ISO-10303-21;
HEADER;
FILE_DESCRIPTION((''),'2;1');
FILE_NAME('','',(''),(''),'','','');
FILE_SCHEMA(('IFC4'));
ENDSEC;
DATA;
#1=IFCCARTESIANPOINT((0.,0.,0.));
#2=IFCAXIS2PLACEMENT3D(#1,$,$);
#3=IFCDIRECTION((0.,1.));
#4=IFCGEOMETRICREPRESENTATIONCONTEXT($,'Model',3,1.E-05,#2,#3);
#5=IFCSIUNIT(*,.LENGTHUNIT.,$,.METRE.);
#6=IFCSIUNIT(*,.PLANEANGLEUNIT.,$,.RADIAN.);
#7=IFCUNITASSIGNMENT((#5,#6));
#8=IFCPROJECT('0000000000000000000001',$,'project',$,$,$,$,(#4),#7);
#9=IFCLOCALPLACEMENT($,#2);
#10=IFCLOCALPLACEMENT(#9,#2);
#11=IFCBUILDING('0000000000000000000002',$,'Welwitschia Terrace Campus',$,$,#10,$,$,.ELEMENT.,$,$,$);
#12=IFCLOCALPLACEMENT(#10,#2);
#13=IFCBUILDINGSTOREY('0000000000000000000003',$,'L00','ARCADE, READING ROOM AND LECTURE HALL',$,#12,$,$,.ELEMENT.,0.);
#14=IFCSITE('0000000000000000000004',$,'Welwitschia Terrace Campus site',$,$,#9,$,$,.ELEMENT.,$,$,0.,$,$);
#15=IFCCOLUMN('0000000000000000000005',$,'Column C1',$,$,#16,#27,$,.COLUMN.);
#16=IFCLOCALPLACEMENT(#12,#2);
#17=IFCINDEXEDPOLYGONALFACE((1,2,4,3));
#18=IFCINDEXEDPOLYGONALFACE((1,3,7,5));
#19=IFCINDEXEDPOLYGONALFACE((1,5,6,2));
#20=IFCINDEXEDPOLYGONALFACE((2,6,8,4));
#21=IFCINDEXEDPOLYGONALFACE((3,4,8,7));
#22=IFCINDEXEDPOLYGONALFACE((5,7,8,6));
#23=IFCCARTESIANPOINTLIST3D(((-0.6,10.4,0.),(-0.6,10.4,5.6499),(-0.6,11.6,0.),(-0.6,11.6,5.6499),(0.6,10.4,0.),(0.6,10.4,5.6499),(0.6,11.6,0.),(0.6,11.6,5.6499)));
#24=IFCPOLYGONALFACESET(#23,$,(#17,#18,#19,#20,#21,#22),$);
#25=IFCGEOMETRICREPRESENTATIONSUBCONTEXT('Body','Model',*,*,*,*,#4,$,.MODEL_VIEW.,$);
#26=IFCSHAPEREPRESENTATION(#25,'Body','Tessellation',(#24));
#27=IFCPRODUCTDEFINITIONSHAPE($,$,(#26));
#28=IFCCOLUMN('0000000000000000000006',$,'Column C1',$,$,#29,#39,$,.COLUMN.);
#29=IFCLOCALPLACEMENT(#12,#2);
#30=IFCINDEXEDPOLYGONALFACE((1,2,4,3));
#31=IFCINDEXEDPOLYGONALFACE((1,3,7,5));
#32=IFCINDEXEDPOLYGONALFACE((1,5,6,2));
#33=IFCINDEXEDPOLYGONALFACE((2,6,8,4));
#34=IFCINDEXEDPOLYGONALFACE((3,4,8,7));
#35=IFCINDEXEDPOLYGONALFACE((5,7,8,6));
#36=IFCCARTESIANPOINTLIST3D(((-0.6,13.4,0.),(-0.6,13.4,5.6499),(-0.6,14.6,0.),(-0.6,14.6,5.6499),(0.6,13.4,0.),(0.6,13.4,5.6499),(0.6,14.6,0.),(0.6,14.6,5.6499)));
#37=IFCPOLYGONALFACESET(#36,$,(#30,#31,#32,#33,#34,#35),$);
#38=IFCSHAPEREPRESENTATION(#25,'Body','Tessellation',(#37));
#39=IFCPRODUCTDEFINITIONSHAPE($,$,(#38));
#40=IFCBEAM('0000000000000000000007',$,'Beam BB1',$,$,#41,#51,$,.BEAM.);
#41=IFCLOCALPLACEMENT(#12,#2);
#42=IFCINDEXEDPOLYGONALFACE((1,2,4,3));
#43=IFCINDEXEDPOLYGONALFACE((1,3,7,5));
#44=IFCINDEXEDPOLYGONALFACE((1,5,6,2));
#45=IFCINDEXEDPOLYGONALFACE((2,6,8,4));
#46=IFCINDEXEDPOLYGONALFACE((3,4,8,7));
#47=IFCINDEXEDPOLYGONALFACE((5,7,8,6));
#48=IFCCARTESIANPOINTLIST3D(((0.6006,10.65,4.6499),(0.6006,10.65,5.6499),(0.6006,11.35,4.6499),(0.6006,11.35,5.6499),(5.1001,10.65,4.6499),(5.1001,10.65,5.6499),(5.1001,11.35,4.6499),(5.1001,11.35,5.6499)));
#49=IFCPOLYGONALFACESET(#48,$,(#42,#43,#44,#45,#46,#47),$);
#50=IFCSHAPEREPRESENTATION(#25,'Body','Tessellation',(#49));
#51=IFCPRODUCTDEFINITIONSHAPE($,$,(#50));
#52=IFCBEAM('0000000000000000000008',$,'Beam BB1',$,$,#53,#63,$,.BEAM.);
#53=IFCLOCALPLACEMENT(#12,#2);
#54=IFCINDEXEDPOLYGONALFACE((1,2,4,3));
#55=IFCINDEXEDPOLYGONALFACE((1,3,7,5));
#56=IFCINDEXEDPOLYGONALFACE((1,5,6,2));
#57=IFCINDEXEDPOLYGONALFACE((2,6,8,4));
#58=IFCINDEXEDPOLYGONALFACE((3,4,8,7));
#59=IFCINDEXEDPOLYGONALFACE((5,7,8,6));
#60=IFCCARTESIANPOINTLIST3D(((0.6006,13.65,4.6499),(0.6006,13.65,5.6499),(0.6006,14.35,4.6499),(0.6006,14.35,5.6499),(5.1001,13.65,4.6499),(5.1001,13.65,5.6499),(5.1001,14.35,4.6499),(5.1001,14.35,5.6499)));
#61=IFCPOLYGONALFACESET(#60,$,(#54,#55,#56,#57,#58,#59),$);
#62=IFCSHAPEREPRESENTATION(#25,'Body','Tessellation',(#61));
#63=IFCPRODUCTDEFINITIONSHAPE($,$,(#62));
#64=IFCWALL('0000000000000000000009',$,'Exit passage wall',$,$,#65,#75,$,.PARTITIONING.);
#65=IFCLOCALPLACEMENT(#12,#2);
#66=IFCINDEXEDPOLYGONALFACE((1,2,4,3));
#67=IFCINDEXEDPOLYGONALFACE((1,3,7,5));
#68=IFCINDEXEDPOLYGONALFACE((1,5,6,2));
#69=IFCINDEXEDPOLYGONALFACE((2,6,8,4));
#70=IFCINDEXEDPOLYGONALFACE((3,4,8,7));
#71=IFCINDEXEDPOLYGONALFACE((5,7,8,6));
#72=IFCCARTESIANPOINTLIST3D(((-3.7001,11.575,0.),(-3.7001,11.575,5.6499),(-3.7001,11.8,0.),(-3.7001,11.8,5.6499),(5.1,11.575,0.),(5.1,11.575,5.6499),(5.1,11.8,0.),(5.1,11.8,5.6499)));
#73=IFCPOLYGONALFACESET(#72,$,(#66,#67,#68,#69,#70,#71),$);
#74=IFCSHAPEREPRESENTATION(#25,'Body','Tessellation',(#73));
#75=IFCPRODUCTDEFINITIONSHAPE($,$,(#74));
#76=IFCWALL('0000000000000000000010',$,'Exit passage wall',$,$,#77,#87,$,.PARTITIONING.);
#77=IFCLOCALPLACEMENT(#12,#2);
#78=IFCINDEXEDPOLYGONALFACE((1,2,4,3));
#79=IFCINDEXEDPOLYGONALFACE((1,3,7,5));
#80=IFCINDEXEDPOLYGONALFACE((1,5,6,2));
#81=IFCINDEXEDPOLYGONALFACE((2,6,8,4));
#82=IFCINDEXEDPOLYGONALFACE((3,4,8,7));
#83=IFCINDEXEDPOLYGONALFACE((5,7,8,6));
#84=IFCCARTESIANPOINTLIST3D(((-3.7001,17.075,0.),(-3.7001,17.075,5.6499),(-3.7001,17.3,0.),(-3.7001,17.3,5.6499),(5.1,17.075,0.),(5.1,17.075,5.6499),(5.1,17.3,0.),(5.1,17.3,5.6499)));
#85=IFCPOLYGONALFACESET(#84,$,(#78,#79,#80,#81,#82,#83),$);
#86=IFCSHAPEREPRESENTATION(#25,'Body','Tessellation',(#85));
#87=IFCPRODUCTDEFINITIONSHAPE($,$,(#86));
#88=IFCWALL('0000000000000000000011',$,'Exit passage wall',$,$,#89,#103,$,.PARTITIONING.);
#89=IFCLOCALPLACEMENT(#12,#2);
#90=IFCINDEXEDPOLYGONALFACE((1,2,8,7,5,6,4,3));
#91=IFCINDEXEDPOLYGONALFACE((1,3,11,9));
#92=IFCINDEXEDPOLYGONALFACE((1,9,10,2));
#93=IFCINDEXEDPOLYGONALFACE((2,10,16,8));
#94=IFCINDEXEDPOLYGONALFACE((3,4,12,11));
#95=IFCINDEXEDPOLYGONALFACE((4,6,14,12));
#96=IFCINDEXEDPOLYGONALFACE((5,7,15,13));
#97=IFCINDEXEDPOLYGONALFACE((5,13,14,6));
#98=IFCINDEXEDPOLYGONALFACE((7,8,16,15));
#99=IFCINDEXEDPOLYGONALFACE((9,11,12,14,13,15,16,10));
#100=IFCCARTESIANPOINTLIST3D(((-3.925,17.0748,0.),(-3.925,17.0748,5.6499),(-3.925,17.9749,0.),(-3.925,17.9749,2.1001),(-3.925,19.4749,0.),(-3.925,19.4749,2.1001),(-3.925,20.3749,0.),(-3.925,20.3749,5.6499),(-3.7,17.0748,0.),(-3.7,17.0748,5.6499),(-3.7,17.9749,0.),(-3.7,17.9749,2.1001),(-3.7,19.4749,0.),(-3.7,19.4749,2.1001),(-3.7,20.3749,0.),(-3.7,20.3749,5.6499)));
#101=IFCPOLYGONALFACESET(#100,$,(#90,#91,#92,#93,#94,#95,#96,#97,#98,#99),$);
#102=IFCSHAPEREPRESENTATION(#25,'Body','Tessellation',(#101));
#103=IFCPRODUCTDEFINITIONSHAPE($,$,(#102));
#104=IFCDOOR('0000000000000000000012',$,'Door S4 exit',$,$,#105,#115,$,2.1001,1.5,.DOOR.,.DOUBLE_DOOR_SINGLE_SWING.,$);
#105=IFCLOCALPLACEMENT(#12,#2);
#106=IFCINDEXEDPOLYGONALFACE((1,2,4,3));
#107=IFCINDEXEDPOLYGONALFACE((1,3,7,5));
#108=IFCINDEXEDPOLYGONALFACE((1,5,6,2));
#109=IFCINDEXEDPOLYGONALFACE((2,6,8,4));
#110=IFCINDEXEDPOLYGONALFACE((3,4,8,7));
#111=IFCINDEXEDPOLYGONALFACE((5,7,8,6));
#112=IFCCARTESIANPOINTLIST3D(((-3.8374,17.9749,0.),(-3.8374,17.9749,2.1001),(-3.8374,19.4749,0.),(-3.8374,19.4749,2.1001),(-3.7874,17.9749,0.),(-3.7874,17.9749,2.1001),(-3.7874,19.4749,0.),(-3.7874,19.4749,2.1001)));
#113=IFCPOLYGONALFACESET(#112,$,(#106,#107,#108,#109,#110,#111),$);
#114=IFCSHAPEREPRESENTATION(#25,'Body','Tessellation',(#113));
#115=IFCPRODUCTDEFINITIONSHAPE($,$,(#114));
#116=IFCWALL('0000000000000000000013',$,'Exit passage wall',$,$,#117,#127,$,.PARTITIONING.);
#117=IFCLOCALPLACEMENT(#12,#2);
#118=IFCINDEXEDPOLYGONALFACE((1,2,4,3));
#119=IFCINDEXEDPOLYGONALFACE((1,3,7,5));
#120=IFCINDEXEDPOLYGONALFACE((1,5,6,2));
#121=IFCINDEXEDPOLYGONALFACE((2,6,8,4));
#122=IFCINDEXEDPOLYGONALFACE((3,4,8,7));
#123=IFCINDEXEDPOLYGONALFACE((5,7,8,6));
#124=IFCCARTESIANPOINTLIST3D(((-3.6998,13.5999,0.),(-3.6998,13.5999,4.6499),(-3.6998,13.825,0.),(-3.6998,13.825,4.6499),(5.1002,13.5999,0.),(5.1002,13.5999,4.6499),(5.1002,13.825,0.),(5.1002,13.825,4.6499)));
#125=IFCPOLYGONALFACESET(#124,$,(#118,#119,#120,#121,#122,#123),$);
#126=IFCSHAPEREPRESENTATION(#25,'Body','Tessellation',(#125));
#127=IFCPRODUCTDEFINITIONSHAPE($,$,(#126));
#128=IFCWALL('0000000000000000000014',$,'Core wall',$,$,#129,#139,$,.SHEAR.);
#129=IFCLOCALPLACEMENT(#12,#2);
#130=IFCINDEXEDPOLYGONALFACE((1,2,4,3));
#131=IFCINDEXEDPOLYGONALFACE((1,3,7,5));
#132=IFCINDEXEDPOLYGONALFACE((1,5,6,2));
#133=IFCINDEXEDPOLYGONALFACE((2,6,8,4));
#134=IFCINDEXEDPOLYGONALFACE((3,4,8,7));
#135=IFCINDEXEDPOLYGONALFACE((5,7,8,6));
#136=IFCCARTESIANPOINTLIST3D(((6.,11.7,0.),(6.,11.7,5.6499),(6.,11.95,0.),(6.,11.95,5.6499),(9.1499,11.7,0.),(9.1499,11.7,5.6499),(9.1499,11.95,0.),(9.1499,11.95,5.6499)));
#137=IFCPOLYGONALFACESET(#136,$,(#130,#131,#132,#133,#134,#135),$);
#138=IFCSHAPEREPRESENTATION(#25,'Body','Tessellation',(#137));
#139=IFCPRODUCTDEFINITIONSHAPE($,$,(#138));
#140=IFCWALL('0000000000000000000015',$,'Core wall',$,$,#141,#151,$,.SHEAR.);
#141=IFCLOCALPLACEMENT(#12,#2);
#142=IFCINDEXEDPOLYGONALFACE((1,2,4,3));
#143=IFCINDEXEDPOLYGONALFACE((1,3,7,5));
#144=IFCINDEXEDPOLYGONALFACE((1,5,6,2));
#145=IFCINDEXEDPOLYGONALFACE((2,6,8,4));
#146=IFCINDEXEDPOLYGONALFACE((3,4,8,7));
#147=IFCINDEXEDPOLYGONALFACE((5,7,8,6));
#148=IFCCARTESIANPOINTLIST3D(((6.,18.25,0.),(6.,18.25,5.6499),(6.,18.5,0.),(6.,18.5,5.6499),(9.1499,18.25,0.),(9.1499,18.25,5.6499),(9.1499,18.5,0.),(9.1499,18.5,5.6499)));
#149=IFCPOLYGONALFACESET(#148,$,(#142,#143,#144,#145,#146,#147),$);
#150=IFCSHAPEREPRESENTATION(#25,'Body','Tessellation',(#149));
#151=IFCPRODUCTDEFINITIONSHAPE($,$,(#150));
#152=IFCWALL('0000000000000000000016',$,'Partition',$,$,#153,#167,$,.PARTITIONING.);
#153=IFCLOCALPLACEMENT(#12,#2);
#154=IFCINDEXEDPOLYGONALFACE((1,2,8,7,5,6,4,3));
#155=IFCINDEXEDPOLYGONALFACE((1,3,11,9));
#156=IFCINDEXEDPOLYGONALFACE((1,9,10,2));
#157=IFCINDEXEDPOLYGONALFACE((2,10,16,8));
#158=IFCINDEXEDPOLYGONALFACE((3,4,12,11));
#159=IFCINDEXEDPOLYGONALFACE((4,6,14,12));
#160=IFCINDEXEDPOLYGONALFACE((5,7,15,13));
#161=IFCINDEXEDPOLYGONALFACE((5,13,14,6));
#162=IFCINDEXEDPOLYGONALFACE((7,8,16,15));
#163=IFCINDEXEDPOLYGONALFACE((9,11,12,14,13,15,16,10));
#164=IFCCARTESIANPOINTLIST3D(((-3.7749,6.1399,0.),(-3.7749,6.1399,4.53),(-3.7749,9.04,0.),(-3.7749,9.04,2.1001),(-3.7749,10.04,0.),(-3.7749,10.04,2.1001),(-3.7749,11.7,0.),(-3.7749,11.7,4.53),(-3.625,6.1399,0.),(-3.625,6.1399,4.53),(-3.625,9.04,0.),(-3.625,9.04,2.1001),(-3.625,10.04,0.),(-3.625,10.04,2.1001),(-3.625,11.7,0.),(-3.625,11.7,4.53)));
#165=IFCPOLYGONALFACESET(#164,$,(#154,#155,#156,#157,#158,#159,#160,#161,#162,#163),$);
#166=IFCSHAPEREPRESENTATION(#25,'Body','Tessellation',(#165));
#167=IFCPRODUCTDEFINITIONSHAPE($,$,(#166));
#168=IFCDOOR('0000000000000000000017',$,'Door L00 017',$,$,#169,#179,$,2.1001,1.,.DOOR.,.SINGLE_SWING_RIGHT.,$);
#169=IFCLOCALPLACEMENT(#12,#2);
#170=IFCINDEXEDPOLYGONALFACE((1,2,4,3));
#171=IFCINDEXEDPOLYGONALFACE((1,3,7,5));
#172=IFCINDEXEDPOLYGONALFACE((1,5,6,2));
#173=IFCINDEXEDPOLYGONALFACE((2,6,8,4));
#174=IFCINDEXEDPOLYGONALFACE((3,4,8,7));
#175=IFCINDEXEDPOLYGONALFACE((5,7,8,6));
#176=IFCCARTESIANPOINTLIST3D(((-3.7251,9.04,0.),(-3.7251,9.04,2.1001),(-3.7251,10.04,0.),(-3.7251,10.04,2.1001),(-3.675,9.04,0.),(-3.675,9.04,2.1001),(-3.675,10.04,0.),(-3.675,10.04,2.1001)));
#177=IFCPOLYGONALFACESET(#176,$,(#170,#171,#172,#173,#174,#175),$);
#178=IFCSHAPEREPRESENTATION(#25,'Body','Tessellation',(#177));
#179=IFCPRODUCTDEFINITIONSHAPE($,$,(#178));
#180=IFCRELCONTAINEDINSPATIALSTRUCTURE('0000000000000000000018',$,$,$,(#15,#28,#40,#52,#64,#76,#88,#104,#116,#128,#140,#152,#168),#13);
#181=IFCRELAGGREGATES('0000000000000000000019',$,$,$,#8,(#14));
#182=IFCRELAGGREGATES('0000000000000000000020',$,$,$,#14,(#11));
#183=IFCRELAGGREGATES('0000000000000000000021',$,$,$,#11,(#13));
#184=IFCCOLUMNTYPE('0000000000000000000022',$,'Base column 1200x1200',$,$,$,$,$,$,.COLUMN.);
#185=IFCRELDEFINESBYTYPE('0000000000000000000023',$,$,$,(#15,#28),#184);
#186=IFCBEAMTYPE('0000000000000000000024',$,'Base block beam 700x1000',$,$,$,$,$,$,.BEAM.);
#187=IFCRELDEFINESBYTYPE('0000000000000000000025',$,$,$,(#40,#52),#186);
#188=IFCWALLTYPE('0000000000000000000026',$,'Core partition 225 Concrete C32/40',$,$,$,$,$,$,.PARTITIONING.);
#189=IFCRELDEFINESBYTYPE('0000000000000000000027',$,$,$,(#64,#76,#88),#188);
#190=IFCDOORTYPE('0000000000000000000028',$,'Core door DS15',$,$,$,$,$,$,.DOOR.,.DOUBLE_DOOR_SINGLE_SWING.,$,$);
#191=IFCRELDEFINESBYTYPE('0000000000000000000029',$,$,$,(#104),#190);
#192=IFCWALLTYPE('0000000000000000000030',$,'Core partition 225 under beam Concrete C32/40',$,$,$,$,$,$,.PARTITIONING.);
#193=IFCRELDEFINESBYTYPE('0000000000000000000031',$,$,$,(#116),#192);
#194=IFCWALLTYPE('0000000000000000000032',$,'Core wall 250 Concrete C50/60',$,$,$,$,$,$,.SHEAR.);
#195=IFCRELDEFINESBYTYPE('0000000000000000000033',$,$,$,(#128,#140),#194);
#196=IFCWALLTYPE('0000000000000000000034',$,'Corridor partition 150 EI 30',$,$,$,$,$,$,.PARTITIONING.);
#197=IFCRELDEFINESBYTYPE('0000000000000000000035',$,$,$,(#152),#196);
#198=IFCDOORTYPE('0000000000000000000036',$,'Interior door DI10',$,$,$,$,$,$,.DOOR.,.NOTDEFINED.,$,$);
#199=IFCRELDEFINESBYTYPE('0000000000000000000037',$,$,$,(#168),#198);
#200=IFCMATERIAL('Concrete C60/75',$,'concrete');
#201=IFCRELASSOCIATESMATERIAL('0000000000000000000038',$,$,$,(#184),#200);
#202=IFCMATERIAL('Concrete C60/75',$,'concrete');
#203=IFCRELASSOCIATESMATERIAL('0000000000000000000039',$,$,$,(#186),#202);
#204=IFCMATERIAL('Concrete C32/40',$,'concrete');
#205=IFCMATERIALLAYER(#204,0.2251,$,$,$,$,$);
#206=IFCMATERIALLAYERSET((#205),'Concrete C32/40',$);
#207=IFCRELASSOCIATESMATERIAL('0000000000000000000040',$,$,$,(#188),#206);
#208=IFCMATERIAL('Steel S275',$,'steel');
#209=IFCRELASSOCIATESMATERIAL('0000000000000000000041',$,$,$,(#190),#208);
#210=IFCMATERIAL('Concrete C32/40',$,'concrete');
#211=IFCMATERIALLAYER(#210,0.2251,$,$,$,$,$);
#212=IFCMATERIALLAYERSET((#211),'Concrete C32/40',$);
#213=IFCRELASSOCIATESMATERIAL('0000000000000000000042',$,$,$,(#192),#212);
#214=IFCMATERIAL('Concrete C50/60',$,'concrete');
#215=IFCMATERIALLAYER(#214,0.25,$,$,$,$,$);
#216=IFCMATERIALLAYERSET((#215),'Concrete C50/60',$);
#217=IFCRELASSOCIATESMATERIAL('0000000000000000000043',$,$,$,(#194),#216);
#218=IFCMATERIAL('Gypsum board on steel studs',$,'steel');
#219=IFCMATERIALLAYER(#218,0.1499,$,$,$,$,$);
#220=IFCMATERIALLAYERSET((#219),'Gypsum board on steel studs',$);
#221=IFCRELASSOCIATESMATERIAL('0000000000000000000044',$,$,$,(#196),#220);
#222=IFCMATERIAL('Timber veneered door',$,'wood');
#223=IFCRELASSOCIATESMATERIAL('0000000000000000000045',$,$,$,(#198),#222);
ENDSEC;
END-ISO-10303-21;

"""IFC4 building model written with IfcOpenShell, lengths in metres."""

from ifc_helpers import new_model, si_unit, direction, frame, frame_2d, origin, origin_2d, place, context, subcontext, project, spatial, rectangle, extrude, material, layer, layer_set, material_profile, profile_set, type_object, element, fill, save


model = new_model("IFC4")

# Units and contexts
model_context = context("Model", 3, precision=1e-05, world=origin(), true_north=direction((0.0, 1.0)))
body_context = subcontext(model_context, "Body", "Model", "MODEL_VIEW")
ifc_project = project(units=[si_unit("LENGTHUNIT", "METRE"), si_unit("PLANEANGLEUNIT", "RADIAN")], contexts=[model_context])

# Site, building, storey
site_placement = place(None, origin())
site = spatial("IfcSite", under=ifc_project, at=site_placement, Name="Welwitschia Terrace Campus site", CompositionType="ELEMENT", RefElevation=0.0)
building_placement = place(site_placement, origin())
building = spatial("IfcBuilding", under=site, at=building_placement, Name="Welwitschia Terrace Campus", CompositionType="ELEMENT")
storey_placement = place(building_placement, origin())
storey = spatial("IfcBuildingStorey", under=building, at=storey_placement, Name="L00", Description="ARCADE, READING ROOM AND LECTURE HALL", CompositionType="ELEMENT", Elevation=0.0)

# Columns
ifc_material_1 = material(Name="Concrete C60/75", Category="concrete")
ifc_material_profile_1 = material_profile(ifc_material_1, rectangle(XDim=1.2, YDim=1.2, at=origin_2d()))
ifc_profile_set_1 = profile_set([ifc_material_profile_1], Name="Concrete C60/75")
column_type = type_object("IfcColumnType", Name="Base column 1200x1200", PredefinedType="COLUMN", material=ifc_profile_set_1)
for number, where, z_axis, x_axis, name in (
    (1, (0.0, 11.0, 0.0), (0.0, 0.0, 1.0), (1.0, 0.0, 0.0), "Column C1"),
    (2, (0.0, 14.0, 0.0), (0.0, 0.0, 1.0), (1.0, 0.0, 0.0), "Column C1"),
):
    element("IfcColumn", number, at=place(storey_placement, frame(where, z_axis=z_axis, x_axis=x_axis)), inside=storey, type_object=column_type, Name=name, PredefinedType="COLUMN", context=body_context, shape_type="SweptSolid", body=[
        extrude(rectangle(XDim=1.2, YDim=1.2, at=origin_2d()), origin(), (0.0, 0.0, 1.0), 5.6499),
    ])

# Beams
ifc_material_2 = material(Name="Concrete C60/75", Category="concrete")
ifc_material_profile_2 = material_profile(ifc_material_2, rectangle(XDim=0.7, YDim=1.0, at=origin_2d()))
ifc_profile_set_2 = profile_set([ifc_material_profile_2], Name="Concrete C60/75")
beam_type = type_object("IfcBeamType", Name="Base block beam 700x1000", PredefinedType="BEAM", material=ifc_profile_set_2)
for number, where, z_axis, x_axis, name in (
    (3, (0.6006, 11.0, 5.1499), (1.0, 0.0, 0.0), (0.0, 1.0, 0.0), "Beam BB1"),
    (4, (0.6006, 14.0, 5.1499), (1.0, 0.0, 0.0), (0.0, 1.0, 0.0), "Beam BB1"),
):
    element("IfcBeam", number, at=place(storey_placement, frame(where, z_axis=z_axis, x_axis=x_axis)), inside=storey, type_object=beam_type, Name=name, PredefinedType="BEAM", context=body_context, shape_type="SweptSolid", body=[
        extrude(rectangle(XDim=0.7, YDim=1.0, at=origin_2d()), origin(), (0.0, 0.0, 1.0), 4.4995),
    ])

# Walls
ifc_material_3 = material(Name="Concrete C32/40", Category="concrete")
ifc_layer_1 = layer(ifc_material_3, 0.2251)
ifc_layer_set_1 = layer_set([ifc_layer_1], Name="Concrete C32/40")
wall_type_1 = type_object("IfcWallType", Name="Core partition 225 Concrete C32/40", PredefinedType="PARTITIONING", material=ifc_layer_set_1)
for number, where, z_axis, x_axis, name in (
    (5, (-3.7, 11.6875, 0.0), (0.0, 0.0, 1.0), (1.0, 0.0, 0.0), "Exit passage wall"),
    (6, (-3.7, 17.1875, 0.0), (0.0, 0.0, 1.0), (1.0, 0.0, 0.0), "Exit passage wall"),
):
    element("IfcWall", number, at=place(storey_placement, frame(where, z_axis=z_axis, x_axis=x_axis)), inside=storey, type_object=wall_type_1, Name=name, PredefinedType="PARTITIONING", context=body_context, shape_type="SweptSolid", body=[
        extrude(rectangle(XDim=8.8, YDim=0.2251, at=frame_2d((4.3999, 0.0))), origin(), (0.0, 0.0, 1.0), 5.6499),
    ])

# Wall, opening, door
wall_1_placement = place(storey_placement, frame((-3.8125, 17.075, 0.0), z_axis=(0.0, 0.0, 1.0), x_axis=(0.0, 1.0, 0.0)))
wall_1 = element("IfcWall", 7, at=wall_1_placement, inside=storey, type_object=wall_type_1, Name="Exit passage wall", PredefinedType="PARTITIONING", context=body_context, shape_type="SweptSolid", body=[
    extrude(rectangle(XDim=3.3, YDim=0.2251, at=frame_2d((1.6499, 0.0))), origin(), (0.0, 0.0, 1.0), 5.6499),
])
opening_1_placement = place(wall_1_placement, frame((0.8999, 0.0, 0.0)))
opening_1 = element("IfcOpeningElement", 8, at=opening_1_placement, cuts=wall_1, PredefinedType="OPENING", context=body_context, shape_type="SweptSolid", body=[
    extrude(rectangle(XDim=1.5, YDim=2.1001, at=frame_2d((0.75, 1.05))), frame((0.0, 0.1226, 0.0), z_axis=(0.0, -1.0, 0.0), x_axis=(1.0, 0.0, 0.0)), (0.0, 0.0, 1.0), 0.2451),
])
ifc_material_4 = material(Name="Steel S275", Category="steel")
door_type_1 = type_object("IfcDoorType", Name="Core door DS15", OperationType="DOUBLE_DOOR_SINGLE_SWING", PredefinedType="DOOR", material=ifc_material_4)
door_1_placement = place(opening_1_placement, origin())
door_1 = element("IfcDoor", 9, at=door_1_placement, inside=storey, type_object=door_type_1, Name="Door S4 exit", OperationType="DOUBLE_DOOR_SINGLE_SWING", OverallHeight=2.1001, OverallWidth=1.5, PredefinedType="DOOR", context=body_context, shape_type="SweptSolid", body=[
    extrude(rectangle(XDim=1.5, YDim=2.1001, at=frame_2d((0.75, 1.05))), frame((0.0, 0.0249, 0.0), z_axis=(0.0, -1.0, 0.0), x_axis=(1.0, 0.0, 0.0)), (0.0, 0.0, 1.0), 0.05),
])
fill(opening_1, door_1)

# Walls
ifc_material_5 = material(Name="Concrete C32/40", Category="concrete")
ifc_layer_2 = layer(ifc_material_5, 0.2251)
ifc_layer_set_2 = layer_set([ifc_layer_2], Name="Concrete C32/40")
wall_type_2 = type_object("IfcWallType", Name="Core partition 225 under beam Concrete C32/40", PredefinedType="PARTITIONING", material=ifc_layer_set_2)
wall_2_placement = place(storey_placement, frame((5.1001, 13.7124, 0.0), z_axis=(0.0, 0.0, 1.0), x_axis=(-1.0, 0.0, 0.0)))
element("IfcWall", 10, at=wall_2_placement, inside=storey, type_object=wall_type_2, Name="Exit passage wall", PredefinedType="PARTITIONING", context=body_context, shape_type="SweptSolid", body=[
    extrude(rectangle(XDim=8.8, YDim=0.2251, at=frame_2d((4.3999, 0.0))), origin(), (0.0, 0.0, 1.0), 4.6499),
])
ifc_material_6 = material(Name="Concrete C50/60", Category="concrete")
ifc_layer_3 = layer(ifc_material_6, 0.25)
ifc_layer_set_3 = layer_set([ifc_layer_3], Name="Concrete C50/60")
wall_type_3 = type_object("IfcWallType", Name="Core wall 250 Concrete C50/60", PredefinedType="SHEAR", material=ifc_layer_set_3)
for number, where, z_axis, x_axis, name in (
    (11, (6.0, 11.825, 0.0), (0.0, 0.0, 1.0), (1.0, 0.0, 0.0), "Core wall"),
    (12, (6.0, 18.375, 0.0), (0.0, 0.0, 1.0), (1.0, 0.0, 0.0), "Core wall"),
):
    element("IfcWall", number, at=place(storey_placement, frame(where, z_axis=z_axis, x_axis=x_axis)), inside=storey, type_object=wall_type_3, Name=name, PredefinedType="SHEAR", context=body_context, shape_type="SweptSolid", body=[
        extrude(rectangle(XDim=3.1499, YDim=0.25, at=frame_2d((1.575, 0.0))), origin(), (0.0, 0.0, 1.0), 5.6499),
    ])

# Wall, opening, door
ifc_material_7 = material(Name="Gypsum board on steel studs", Category="steel")
ifc_layer_4 = layer(ifc_material_7, 0.1499)
ifc_layer_set_4 = layer_set([ifc_layer_4], Name="Gypsum board on steel studs")
wall_type_4 = type_object("IfcWallType", Name="Corridor partition 150 EI 30", PredefinedType="PARTITIONING", material=ifc_layer_set_4)
wall_3_placement = place(storey_placement, frame((-3.7, 11.7, 0.0), z_axis=(0.0, 0.0, 1.0), x_axis=(0.0, -1.0, 0.0)))
wall_3 = element("IfcWall", 13, at=wall_3_placement, inside=storey, type_object=wall_type_4, Name="Partition", PredefinedType="PARTITIONING", context=body_context, shape_type="SweptSolid", body=[
    extrude(rectangle(XDim=5.5601, YDim=0.1499, at=frame_2d((2.78, 0.0))), origin(), (0.0, 0.0, 1.0), 4.53),
])
opening_2_placement = place(wall_3_placement, frame((1.6599, 0.0, 0.0)))
opening_2 = element("IfcOpeningElement", 14, at=opening_2_placement, cuts=wall_3, PredefinedType="OPENING", context=body_context, shape_type="SweptSolid", body=[
    extrude(rectangle(XDim=1.0, YDim=2.1001, at=frame_2d((0.5, 1.05))), frame((0.0, 0.085, 0.0), z_axis=(0.0, -1.0, 0.0), x_axis=(1.0, 0.0, 0.0)), (0.0, 0.0, 1.0), 0.1699),
])
ifc_material_8 = material(Name="Timber veneered door", Category="wood")
door_type_2 = type_object("IfcDoorType", Name="Interior door DI10", OperationType="NOTDEFINED", PredefinedType="DOOR", material=ifc_material_8)
door_2_placement = place(opening_2_placement, origin())
door_2 = element("IfcDoor", 15, at=door_2_placement, inside=storey, type_object=door_type_2, Name="Door L00 017", OperationType="SINGLE_SWING_RIGHT", OverallHeight=2.1001, OverallWidth=1.0, PredefinedType="DOOR", context=body_context, shape_type="SweptSolid", body=[
    extrude(rectangle(XDim=1.0, YDim=2.1001, at=frame_2d((0.5, 1.05))), frame((0.0, 0.0249, 0.0), z_axis=(0.0, -1.0, 0.0), x_axis=(1.0, 0.0, 0.0)), (0.0, 0.0, 1.0), 0.05),
])
fill(opening_2, door_2)

save(model, "model.ifc")
